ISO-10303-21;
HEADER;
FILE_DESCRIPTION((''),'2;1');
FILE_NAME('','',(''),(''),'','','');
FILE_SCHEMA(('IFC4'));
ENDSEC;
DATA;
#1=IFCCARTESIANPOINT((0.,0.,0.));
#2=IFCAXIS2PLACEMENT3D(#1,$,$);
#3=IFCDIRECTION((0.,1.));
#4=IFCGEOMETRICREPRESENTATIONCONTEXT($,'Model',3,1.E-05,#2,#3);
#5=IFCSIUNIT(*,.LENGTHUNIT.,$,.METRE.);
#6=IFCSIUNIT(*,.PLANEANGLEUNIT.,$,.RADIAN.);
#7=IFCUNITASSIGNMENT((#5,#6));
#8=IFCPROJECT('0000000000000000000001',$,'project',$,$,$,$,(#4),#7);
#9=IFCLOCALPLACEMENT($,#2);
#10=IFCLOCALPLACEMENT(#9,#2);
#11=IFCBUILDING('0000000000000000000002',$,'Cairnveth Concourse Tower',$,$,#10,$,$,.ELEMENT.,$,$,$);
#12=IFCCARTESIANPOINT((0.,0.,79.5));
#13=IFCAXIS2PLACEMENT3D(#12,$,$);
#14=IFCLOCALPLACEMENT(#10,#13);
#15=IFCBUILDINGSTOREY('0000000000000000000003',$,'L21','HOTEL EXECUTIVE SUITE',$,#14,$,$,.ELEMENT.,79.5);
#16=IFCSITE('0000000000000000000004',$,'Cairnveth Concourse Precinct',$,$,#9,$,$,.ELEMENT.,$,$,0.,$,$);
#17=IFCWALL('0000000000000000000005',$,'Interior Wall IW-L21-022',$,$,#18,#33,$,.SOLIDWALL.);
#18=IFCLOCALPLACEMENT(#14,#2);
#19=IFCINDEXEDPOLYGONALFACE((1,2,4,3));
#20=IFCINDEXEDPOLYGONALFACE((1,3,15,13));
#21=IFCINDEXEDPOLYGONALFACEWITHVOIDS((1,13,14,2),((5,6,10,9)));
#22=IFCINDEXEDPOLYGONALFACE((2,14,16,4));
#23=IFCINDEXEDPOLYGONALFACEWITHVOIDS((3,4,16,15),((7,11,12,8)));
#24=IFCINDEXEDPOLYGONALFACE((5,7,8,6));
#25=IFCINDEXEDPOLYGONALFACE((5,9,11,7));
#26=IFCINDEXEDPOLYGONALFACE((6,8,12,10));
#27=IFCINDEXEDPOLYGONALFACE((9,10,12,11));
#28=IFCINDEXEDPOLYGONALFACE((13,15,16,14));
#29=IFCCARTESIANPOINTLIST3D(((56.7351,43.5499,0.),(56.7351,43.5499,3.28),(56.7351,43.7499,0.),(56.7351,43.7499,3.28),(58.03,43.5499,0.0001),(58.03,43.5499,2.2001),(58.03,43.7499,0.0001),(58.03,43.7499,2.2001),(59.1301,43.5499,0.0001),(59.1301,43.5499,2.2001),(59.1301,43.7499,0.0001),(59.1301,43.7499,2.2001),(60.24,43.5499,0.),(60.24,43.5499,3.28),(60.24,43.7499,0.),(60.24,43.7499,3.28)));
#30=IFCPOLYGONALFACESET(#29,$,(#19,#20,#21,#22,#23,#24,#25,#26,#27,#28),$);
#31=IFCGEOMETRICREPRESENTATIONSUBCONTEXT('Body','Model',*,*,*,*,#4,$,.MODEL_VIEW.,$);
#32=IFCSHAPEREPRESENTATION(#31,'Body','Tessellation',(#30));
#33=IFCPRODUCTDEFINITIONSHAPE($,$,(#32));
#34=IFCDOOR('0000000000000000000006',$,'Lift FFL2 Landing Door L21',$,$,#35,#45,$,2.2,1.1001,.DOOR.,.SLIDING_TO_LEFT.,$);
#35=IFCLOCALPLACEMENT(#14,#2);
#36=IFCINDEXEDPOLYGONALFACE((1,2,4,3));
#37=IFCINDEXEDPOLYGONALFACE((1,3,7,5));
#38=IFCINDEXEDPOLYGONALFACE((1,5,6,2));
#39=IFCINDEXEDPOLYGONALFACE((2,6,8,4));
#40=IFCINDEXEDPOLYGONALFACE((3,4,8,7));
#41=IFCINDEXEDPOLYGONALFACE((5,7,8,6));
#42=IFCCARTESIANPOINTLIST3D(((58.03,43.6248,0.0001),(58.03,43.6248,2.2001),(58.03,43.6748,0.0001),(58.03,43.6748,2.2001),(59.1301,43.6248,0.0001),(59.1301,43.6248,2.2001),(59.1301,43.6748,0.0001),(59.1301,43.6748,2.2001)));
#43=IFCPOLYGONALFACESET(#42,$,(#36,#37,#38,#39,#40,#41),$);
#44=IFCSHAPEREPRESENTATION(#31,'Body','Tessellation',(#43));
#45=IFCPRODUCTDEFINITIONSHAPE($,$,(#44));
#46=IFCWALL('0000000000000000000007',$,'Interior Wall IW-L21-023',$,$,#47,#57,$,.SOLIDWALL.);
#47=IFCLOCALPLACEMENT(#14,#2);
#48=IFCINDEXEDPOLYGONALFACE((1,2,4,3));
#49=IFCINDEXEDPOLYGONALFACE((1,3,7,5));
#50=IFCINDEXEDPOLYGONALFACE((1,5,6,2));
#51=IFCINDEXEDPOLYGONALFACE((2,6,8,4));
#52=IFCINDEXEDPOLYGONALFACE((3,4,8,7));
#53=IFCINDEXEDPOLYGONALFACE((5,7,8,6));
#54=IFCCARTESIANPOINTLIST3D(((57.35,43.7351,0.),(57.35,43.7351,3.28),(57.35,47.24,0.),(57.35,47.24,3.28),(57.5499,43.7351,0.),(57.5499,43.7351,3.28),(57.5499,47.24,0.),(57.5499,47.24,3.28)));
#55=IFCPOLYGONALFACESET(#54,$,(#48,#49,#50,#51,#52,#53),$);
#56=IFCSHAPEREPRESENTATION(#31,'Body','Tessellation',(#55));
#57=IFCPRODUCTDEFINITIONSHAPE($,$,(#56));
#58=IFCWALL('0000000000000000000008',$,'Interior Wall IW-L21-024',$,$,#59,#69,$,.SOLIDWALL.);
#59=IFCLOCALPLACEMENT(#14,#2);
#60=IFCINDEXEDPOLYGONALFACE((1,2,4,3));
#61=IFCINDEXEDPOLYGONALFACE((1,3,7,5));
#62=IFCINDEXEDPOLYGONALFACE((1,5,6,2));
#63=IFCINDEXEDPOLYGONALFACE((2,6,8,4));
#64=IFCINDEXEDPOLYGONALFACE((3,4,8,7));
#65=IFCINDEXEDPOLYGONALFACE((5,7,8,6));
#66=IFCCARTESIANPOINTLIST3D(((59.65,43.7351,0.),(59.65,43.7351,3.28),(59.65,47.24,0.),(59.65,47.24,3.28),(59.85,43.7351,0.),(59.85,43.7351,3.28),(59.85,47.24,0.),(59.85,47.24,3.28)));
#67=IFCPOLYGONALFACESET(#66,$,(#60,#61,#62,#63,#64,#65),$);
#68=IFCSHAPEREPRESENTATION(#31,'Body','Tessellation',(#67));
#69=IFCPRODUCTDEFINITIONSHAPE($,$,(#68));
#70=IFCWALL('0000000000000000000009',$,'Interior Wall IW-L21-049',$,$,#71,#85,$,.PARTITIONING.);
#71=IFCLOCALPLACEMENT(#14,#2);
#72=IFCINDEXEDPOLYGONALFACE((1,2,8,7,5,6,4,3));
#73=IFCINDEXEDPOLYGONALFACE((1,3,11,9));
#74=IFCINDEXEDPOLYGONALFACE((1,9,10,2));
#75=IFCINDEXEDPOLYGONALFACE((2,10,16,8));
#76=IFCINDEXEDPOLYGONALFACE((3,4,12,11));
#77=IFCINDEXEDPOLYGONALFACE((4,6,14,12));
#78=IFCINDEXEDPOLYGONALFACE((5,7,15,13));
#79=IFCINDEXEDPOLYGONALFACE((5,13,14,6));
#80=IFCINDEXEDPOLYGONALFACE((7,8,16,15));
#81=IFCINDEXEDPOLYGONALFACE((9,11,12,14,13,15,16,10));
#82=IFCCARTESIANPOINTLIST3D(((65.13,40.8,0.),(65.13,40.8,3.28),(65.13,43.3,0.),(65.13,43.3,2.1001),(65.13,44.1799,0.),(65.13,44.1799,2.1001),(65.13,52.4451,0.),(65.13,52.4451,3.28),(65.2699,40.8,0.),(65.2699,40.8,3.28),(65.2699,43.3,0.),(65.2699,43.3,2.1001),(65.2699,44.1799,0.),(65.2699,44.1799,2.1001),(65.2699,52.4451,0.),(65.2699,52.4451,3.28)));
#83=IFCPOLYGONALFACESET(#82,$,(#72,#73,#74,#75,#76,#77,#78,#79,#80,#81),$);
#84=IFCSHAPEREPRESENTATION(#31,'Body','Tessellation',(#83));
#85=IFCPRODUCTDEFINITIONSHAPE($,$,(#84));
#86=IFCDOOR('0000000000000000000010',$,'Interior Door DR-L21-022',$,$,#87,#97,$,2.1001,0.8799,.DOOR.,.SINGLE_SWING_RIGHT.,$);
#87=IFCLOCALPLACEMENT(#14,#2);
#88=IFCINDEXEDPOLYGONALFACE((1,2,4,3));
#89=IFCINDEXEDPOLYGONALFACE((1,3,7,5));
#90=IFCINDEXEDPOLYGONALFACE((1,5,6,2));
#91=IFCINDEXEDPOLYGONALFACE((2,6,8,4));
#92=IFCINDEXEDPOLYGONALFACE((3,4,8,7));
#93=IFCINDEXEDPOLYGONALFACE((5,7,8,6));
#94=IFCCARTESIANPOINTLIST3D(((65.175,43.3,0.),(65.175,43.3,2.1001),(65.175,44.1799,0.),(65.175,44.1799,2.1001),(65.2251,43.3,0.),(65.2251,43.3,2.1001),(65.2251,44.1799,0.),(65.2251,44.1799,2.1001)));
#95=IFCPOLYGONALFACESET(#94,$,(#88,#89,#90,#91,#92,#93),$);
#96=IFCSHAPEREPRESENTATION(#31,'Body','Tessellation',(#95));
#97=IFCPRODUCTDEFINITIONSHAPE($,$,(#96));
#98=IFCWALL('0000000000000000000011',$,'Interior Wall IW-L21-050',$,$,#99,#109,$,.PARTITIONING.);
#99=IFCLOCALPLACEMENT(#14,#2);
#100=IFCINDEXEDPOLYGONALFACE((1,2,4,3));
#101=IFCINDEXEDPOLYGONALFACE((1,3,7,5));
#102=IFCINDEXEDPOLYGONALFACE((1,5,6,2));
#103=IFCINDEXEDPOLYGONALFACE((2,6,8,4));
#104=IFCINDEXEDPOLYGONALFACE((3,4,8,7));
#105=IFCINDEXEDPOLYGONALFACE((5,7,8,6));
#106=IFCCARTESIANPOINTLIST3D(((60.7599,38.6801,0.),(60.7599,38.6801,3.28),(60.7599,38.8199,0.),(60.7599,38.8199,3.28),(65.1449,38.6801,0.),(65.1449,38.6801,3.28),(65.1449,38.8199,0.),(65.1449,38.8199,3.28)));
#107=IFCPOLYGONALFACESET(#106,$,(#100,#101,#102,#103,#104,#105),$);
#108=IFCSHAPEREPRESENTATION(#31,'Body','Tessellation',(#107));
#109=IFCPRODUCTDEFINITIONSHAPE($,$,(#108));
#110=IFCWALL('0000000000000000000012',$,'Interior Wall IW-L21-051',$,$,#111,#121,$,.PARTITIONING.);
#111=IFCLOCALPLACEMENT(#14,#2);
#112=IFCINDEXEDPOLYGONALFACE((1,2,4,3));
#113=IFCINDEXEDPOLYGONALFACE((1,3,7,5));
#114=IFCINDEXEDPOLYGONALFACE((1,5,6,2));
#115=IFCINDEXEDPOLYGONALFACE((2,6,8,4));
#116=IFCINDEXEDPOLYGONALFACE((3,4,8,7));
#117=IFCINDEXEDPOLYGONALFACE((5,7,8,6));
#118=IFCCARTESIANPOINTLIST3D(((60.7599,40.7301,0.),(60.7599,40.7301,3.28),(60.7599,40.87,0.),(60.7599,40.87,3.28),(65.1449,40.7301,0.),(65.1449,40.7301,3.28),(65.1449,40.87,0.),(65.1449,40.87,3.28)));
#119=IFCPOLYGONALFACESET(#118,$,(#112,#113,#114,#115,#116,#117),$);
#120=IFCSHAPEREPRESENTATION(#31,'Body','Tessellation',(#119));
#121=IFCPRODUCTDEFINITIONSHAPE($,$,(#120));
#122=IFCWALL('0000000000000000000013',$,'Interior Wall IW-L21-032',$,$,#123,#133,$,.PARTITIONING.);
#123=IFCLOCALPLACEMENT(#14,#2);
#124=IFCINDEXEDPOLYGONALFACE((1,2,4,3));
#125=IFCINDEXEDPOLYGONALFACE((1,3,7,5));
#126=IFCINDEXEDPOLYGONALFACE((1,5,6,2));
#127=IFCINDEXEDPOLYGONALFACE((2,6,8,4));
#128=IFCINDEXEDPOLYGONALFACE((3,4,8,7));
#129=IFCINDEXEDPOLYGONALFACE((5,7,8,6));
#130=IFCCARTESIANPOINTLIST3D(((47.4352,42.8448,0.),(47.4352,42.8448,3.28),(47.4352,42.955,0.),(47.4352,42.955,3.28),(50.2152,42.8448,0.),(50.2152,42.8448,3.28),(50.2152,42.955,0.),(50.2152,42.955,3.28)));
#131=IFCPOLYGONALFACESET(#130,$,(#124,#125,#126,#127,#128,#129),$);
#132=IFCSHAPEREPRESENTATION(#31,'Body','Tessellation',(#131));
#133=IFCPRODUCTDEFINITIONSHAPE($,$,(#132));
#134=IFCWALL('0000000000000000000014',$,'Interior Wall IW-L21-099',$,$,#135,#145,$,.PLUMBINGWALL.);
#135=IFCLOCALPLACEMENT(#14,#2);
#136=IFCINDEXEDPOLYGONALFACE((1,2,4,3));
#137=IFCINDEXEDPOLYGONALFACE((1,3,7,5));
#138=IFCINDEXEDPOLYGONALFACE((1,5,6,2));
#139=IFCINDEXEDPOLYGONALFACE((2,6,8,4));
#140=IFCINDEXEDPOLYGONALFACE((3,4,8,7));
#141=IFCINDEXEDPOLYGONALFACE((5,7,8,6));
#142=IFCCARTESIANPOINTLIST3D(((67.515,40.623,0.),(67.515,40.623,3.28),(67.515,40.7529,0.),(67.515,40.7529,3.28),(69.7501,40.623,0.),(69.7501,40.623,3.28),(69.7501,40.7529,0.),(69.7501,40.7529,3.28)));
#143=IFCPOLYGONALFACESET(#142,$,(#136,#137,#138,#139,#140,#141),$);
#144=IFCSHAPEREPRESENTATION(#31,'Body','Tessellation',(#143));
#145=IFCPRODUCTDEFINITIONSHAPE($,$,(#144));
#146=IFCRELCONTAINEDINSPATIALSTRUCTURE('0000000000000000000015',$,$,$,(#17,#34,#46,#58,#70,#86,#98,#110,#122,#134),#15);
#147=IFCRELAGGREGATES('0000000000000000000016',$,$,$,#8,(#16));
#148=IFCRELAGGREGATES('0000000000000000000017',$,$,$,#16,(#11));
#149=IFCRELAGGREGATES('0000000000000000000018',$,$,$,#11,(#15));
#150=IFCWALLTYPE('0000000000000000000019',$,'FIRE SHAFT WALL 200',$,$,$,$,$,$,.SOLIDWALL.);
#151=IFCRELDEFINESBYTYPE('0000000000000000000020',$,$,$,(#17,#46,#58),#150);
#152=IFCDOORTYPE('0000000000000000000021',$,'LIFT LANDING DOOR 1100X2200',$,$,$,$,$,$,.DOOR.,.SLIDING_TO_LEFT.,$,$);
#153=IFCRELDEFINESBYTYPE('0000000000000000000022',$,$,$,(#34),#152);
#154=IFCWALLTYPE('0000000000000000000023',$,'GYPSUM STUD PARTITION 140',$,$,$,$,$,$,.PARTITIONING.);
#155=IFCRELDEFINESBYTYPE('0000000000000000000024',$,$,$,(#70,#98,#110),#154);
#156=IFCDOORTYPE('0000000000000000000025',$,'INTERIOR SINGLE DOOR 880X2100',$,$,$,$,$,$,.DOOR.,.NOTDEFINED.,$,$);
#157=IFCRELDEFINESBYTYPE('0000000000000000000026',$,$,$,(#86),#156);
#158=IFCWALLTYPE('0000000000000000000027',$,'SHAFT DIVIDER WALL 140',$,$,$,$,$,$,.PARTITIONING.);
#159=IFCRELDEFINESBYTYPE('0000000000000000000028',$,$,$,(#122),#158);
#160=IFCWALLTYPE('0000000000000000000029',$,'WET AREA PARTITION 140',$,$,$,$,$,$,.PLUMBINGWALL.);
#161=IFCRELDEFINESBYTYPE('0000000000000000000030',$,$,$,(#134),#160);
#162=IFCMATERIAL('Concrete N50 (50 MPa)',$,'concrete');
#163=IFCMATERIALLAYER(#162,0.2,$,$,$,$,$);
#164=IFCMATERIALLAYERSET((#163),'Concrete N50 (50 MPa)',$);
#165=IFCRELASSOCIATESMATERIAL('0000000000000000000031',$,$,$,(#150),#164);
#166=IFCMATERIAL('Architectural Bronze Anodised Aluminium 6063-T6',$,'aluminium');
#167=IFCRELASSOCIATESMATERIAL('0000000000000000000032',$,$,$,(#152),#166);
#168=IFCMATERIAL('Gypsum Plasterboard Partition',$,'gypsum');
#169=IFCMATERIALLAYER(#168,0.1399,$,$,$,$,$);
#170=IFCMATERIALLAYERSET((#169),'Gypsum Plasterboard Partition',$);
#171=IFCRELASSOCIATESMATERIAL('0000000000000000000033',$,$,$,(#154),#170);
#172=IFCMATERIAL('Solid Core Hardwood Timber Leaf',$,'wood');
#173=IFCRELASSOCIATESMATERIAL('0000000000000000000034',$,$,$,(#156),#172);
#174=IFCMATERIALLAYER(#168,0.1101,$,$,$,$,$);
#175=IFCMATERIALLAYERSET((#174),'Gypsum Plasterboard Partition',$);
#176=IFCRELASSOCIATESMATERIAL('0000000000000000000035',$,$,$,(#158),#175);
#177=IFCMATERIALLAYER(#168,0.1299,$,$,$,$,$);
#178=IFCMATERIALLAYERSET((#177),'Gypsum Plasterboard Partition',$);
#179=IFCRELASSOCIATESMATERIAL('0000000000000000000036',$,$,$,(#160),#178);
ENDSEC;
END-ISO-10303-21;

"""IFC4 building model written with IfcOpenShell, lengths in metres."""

from ifc_helpers import new_model, si_unit, direction, frame, frame_2d, origin, place, context, subcontext, project, spatial, rectangle, extrude, material, layer, layer_set, type_object, element, fill, save


model = new_model("IFC4")

# Units and contexts
model_context = context("Model", 3, precision=1e-05, world=origin(), true_north=direction((0.0, 1.0)))
body_context = subcontext(model_context, "Body", "Model", "MODEL_VIEW")
ifc_project = project(units=[si_unit("LENGTHUNIT", "METRE"), si_unit("PLANEANGLEUNIT", "RADIAN")], contexts=[model_context])

# Site, building, storey
site_placement = place(None, origin())
site = spatial("IfcSite", under=ifc_project, at=site_placement, Name="Cairnveth Concourse Precinct", CompositionType="ELEMENT", RefElevation=0.0)
building_placement = place(site_placement, origin())
building = spatial("IfcBuilding", under=site, at=building_placement, Name="Cairnveth Concourse Tower", CompositionType="ELEMENT")
storey_placement = place(building_placement, frame((0.0, 0.0, 79.5)))
storey = spatial("IfcBuildingStorey", under=building, at=storey_placement, Name="L21", Description="HOTEL EXECUTIVE SUITE", CompositionType="ELEMENT", Elevation=79.5)

# Shared definitions
ifc_material_1 = material(Name="Concrete N50 (50 MPa)", Category="concrete")
ifc_layer_1 = layer(ifc_material_1, 0.2)
ifc_layer_set_1 = layer_set([ifc_layer_1], Name="Concrete N50 (50 MPa)")
wall_type_1 = type_object("IfcWallType", Name="FIRE SHAFT WALL 200", PredefinedType="SOLIDWALL", material=ifc_layer_set_1)

# Wall, opening, door
wall_1_placement = place(storey_placement, frame((56.7351, 43.6499, 0.0), z_axis=(0.0, 0.0, 1.0), x_axis=(1.0, 0.0, 0.0)))
wall_1 = element("IfcWall", 1, at=wall_1_placement, inside=storey, type_object=wall_type_1, Name="Interior Wall IW-L21-022", PredefinedType="SOLIDWALL", context=body_context, shape_type="SweptSolid", body=[
    extrude(rectangle(XDim=3.5049, YDim=0.2, at=frame_2d((1.7524, 0.0))), origin(), (0.0, 0.0, 1.0), 3.28),
])
opening_1_placement = place(wall_1_placement, frame((1.2949, 0.0, 0.0)))
opening_1 = element("IfcOpeningElement", 2, at=opening_1_placement, cuts=wall_1, PredefinedType="OPENING", context=body_context, shape_type="SweptSolid", body=[
    extrude(rectangle(XDim=1.1001, YDim=2.2, at=frame_2d((0.55, 1.1001))), frame((0.0, 0.1099, 0.0), z_axis=(0.0, -1.0, 0.0), x_axis=(1.0, 0.0, 0.0)), (0.0, 0.0, 1.0), 0.22),
])
ifc_material_2 = material(Name="Architectural Bronze Anodised Aluminium 6063-T6", Category="aluminium")
door_type_1 = type_object("IfcDoorType", Name="LIFT LANDING DOOR 1100X2200", OperationType="SLIDING_TO_LEFT", PredefinedType="DOOR", material=ifc_material_2)
door_1_placement = place(opening_1_placement, origin())
door_1 = element("IfcDoor", 3, at=door_1_placement, inside=storey, type_object=door_type_1, Name="Lift FFL2 Landing Door L21", OperationType="SLIDING_TO_LEFT", OverallHeight=2.2, OverallWidth=1.1001, PredefinedType="DOOR", context=body_context, shape_type="SweptSolid", body=[
    extrude(rectangle(XDim=1.1001, YDim=2.2, at=frame_2d((0.55, 1.1001))), frame((0.0, 0.0249, 0.0), z_axis=(0.0, -1.0, 0.0), x_axis=(1.0, 0.0, 0.0)), (0.0, 0.0, 1.0), 0.05),
])
fill(opening_1, door_1)

# Walls
for number, where, z_axis, x_axis, name in (
    (4, (57.45, 43.7351, 0.0), (0.0, 0.0, 1.0), (0.0, 1.0, 0.0), "Interior Wall IW-L21-023"),
    (5, (59.75, 43.7351, 0.0), (0.0, 0.0, 1.0), (0.0, 1.0, 0.0), "Interior Wall IW-L21-024"),
):
    element("IfcWall", number, at=place(storey_placement, frame(where, z_axis=z_axis, x_axis=x_axis)), inside=storey, type_object=wall_type_1, Name=name, PredefinedType="SOLIDWALL", context=body_context, shape_type="SweptSolid", body=[
        extrude(rectangle(XDim=3.5049, YDim=0.2, at=frame_2d((1.7524, 0.0))), origin(), (0.0, 0.0, 1.0), 3.28),
    ])

# Wall, opening, door
ifc_material_3 = material(Name="Gypsum Plasterboard Partition", Category="gypsum")
ifc_layer_2 = layer(ifc_material_3, 0.1399)
ifc_layer_set_2 = layer_set([ifc_layer_2], Name="Gypsum Plasterboard Partition")
wall_type_2 = type_object("IfcWallType", Name="GYPSUM STUD PARTITION 140", PredefinedType="PARTITIONING", material=ifc_layer_set_2)
wall_2_placement = place(storey_placement, frame((65.2, 40.8, 0.0), z_axis=(0.0, 0.0, 1.0), x_axis=(0.0, 1.0, 0.0)))
wall_2 = element("IfcWall", 6, at=wall_2_placement, inside=storey, type_object=wall_type_2, Name="Interior Wall IW-L21-049", PredefinedType="PARTITIONING", context=body_context, shape_type="SweptSolid", body=[
    extrude(rectangle(XDim=11.645, YDim=0.1399, at=frame_2d((5.8225, 0.0))), origin(), (0.0, 0.0, 1.0), 3.28),
])
opening_2_placement = place(wall_2_placement, frame((2.5, 0.0, 0.0)))
opening_2 = element("IfcOpeningElement", 7, at=opening_2_placement, cuts=wall_2, PredefinedType="OPENING", context=body_context, shape_type="SweptSolid", body=[
    extrude(rectangle(XDim=0.8799, YDim=2.1001, at=frame_2d((0.4399, 1.05))), frame((0.0, 0.0798, 0.0), z_axis=(0.0, -1.0, 0.0), x_axis=(1.0, 0.0, 0.0)), (0.0, 0.0, 1.0), 0.1599),
])
ifc_material_4 = material(Name="Solid Core Hardwood Timber Leaf", Category="wood")
door_type_2 = type_object("IfcDoorType", Name="INTERIOR SINGLE DOOR 880X2100", OperationType="NOTDEFINED", PredefinedType="DOOR", material=ifc_material_4)
door_2_placement = place(opening_2_placement, origin())
door_2 = element("IfcDoor", 8, at=door_2_placement, inside=storey, type_object=door_type_2, Name="Interior Door DR-L21-022", OperationType="SINGLE_SWING_RIGHT", OverallHeight=2.1001, OverallWidth=0.8799, PredefinedType="DOOR", context=body_context, shape_type="SweptSolid", body=[
    extrude(rectangle(XDim=0.8799, YDim=2.1001, at=frame_2d((0.4399, 1.05))), frame((0.0, 0.0249, 0.0), z_axis=(0.0, -1.0, 0.0), x_axis=(1.0, 0.0, 0.0)), (0.0, 0.0, 1.0), 0.05),
])
fill(opening_2, door_2)

# Walls
for number, where, z_axis, x_axis, name in (
    (9, (60.76, 38.75, 0.0), (0.0, 0.0, 1.0), (1.0, 0.0, 0.0), "Interior Wall IW-L21-050"),
    (10, (60.76, 40.8, 0.0), (0.0, 0.0, 1.0), (1.0, 0.0, 0.0), "Interior Wall IW-L21-051"),
):
    element("IfcWall", number, at=place(storey_placement, frame(where, z_axis=z_axis, x_axis=x_axis)), inside=storey, type_object=wall_type_2, Name=name, PredefinedType="PARTITIONING", context=body_context, shape_type="SweptSolid", body=[
        extrude(rectangle(XDim=4.385, YDim=0.1399, at=frame_2d((2.1924, 0.0))), origin(), (0.0, 0.0, 1.0), 3.28),
    ])
ifc_layer_3 = layer(ifc_material_3, 0.1101)
ifc_layer_set_3 = layer_set([ifc_layer_3], Name="Gypsum Plasterboard Partition")
wall_type_3 = type_object("IfcWallType", Name="SHAFT DIVIDER WALL 140", PredefinedType="PARTITIONING", material=ifc_layer_set_3)
wall_3_placement = place(storey_placement, frame((47.4351, 42.8999, 0.0), z_axis=(0.0, 0.0, 1.0), x_axis=(1.0, 0.0, 0.0)))
element("IfcWall", 11, at=wall_3_placement, inside=storey, type_object=wall_type_3, Name="Interior Wall IW-L21-032", PredefinedType="PARTITIONING", context=body_context, shape_type="SweptSolid", body=[
    extrude(rectangle(XDim=2.78, YDim=0.1101, at=frame_2d((1.3901, 0.0))), origin(), (0.0, 0.0, 1.0), 3.28),
])
ifc_layer_4 = layer(ifc_material_3, 0.1299)
ifc_layer_set_4 = layer_set([ifc_layer_4], Name="Gypsum Plasterboard Partition")
wall_type_4 = type_object("IfcWallType", Name="WET AREA PARTITION 140", PredefinedType="PLUMBINGWALL", material=ifc_layer_set_4)
wall_4_placement = place(storey_placement, frame((67.5149, 40.688, 0.0), z_axis=(0.0, 0.0, 1.0), x_axis=(1.0, 0.0, 0.0)))
element("IfcWall", 12, at=wall_4_placement, inside=storey, type_object=wall_type_4, Name="Interior Wall IW-L21-099", PredefinedType="PLUMBINGWALL", context=body_context, shape_type="SweptSolid", body=[
    extrude(rectangle(XDim=2.2351, YDim=0.1299, at=frame_2d((1.1177, 0.0))), origin(), (0.0, 0.0, 1.0), 3.28),
])

save(model, "model.ifc")
